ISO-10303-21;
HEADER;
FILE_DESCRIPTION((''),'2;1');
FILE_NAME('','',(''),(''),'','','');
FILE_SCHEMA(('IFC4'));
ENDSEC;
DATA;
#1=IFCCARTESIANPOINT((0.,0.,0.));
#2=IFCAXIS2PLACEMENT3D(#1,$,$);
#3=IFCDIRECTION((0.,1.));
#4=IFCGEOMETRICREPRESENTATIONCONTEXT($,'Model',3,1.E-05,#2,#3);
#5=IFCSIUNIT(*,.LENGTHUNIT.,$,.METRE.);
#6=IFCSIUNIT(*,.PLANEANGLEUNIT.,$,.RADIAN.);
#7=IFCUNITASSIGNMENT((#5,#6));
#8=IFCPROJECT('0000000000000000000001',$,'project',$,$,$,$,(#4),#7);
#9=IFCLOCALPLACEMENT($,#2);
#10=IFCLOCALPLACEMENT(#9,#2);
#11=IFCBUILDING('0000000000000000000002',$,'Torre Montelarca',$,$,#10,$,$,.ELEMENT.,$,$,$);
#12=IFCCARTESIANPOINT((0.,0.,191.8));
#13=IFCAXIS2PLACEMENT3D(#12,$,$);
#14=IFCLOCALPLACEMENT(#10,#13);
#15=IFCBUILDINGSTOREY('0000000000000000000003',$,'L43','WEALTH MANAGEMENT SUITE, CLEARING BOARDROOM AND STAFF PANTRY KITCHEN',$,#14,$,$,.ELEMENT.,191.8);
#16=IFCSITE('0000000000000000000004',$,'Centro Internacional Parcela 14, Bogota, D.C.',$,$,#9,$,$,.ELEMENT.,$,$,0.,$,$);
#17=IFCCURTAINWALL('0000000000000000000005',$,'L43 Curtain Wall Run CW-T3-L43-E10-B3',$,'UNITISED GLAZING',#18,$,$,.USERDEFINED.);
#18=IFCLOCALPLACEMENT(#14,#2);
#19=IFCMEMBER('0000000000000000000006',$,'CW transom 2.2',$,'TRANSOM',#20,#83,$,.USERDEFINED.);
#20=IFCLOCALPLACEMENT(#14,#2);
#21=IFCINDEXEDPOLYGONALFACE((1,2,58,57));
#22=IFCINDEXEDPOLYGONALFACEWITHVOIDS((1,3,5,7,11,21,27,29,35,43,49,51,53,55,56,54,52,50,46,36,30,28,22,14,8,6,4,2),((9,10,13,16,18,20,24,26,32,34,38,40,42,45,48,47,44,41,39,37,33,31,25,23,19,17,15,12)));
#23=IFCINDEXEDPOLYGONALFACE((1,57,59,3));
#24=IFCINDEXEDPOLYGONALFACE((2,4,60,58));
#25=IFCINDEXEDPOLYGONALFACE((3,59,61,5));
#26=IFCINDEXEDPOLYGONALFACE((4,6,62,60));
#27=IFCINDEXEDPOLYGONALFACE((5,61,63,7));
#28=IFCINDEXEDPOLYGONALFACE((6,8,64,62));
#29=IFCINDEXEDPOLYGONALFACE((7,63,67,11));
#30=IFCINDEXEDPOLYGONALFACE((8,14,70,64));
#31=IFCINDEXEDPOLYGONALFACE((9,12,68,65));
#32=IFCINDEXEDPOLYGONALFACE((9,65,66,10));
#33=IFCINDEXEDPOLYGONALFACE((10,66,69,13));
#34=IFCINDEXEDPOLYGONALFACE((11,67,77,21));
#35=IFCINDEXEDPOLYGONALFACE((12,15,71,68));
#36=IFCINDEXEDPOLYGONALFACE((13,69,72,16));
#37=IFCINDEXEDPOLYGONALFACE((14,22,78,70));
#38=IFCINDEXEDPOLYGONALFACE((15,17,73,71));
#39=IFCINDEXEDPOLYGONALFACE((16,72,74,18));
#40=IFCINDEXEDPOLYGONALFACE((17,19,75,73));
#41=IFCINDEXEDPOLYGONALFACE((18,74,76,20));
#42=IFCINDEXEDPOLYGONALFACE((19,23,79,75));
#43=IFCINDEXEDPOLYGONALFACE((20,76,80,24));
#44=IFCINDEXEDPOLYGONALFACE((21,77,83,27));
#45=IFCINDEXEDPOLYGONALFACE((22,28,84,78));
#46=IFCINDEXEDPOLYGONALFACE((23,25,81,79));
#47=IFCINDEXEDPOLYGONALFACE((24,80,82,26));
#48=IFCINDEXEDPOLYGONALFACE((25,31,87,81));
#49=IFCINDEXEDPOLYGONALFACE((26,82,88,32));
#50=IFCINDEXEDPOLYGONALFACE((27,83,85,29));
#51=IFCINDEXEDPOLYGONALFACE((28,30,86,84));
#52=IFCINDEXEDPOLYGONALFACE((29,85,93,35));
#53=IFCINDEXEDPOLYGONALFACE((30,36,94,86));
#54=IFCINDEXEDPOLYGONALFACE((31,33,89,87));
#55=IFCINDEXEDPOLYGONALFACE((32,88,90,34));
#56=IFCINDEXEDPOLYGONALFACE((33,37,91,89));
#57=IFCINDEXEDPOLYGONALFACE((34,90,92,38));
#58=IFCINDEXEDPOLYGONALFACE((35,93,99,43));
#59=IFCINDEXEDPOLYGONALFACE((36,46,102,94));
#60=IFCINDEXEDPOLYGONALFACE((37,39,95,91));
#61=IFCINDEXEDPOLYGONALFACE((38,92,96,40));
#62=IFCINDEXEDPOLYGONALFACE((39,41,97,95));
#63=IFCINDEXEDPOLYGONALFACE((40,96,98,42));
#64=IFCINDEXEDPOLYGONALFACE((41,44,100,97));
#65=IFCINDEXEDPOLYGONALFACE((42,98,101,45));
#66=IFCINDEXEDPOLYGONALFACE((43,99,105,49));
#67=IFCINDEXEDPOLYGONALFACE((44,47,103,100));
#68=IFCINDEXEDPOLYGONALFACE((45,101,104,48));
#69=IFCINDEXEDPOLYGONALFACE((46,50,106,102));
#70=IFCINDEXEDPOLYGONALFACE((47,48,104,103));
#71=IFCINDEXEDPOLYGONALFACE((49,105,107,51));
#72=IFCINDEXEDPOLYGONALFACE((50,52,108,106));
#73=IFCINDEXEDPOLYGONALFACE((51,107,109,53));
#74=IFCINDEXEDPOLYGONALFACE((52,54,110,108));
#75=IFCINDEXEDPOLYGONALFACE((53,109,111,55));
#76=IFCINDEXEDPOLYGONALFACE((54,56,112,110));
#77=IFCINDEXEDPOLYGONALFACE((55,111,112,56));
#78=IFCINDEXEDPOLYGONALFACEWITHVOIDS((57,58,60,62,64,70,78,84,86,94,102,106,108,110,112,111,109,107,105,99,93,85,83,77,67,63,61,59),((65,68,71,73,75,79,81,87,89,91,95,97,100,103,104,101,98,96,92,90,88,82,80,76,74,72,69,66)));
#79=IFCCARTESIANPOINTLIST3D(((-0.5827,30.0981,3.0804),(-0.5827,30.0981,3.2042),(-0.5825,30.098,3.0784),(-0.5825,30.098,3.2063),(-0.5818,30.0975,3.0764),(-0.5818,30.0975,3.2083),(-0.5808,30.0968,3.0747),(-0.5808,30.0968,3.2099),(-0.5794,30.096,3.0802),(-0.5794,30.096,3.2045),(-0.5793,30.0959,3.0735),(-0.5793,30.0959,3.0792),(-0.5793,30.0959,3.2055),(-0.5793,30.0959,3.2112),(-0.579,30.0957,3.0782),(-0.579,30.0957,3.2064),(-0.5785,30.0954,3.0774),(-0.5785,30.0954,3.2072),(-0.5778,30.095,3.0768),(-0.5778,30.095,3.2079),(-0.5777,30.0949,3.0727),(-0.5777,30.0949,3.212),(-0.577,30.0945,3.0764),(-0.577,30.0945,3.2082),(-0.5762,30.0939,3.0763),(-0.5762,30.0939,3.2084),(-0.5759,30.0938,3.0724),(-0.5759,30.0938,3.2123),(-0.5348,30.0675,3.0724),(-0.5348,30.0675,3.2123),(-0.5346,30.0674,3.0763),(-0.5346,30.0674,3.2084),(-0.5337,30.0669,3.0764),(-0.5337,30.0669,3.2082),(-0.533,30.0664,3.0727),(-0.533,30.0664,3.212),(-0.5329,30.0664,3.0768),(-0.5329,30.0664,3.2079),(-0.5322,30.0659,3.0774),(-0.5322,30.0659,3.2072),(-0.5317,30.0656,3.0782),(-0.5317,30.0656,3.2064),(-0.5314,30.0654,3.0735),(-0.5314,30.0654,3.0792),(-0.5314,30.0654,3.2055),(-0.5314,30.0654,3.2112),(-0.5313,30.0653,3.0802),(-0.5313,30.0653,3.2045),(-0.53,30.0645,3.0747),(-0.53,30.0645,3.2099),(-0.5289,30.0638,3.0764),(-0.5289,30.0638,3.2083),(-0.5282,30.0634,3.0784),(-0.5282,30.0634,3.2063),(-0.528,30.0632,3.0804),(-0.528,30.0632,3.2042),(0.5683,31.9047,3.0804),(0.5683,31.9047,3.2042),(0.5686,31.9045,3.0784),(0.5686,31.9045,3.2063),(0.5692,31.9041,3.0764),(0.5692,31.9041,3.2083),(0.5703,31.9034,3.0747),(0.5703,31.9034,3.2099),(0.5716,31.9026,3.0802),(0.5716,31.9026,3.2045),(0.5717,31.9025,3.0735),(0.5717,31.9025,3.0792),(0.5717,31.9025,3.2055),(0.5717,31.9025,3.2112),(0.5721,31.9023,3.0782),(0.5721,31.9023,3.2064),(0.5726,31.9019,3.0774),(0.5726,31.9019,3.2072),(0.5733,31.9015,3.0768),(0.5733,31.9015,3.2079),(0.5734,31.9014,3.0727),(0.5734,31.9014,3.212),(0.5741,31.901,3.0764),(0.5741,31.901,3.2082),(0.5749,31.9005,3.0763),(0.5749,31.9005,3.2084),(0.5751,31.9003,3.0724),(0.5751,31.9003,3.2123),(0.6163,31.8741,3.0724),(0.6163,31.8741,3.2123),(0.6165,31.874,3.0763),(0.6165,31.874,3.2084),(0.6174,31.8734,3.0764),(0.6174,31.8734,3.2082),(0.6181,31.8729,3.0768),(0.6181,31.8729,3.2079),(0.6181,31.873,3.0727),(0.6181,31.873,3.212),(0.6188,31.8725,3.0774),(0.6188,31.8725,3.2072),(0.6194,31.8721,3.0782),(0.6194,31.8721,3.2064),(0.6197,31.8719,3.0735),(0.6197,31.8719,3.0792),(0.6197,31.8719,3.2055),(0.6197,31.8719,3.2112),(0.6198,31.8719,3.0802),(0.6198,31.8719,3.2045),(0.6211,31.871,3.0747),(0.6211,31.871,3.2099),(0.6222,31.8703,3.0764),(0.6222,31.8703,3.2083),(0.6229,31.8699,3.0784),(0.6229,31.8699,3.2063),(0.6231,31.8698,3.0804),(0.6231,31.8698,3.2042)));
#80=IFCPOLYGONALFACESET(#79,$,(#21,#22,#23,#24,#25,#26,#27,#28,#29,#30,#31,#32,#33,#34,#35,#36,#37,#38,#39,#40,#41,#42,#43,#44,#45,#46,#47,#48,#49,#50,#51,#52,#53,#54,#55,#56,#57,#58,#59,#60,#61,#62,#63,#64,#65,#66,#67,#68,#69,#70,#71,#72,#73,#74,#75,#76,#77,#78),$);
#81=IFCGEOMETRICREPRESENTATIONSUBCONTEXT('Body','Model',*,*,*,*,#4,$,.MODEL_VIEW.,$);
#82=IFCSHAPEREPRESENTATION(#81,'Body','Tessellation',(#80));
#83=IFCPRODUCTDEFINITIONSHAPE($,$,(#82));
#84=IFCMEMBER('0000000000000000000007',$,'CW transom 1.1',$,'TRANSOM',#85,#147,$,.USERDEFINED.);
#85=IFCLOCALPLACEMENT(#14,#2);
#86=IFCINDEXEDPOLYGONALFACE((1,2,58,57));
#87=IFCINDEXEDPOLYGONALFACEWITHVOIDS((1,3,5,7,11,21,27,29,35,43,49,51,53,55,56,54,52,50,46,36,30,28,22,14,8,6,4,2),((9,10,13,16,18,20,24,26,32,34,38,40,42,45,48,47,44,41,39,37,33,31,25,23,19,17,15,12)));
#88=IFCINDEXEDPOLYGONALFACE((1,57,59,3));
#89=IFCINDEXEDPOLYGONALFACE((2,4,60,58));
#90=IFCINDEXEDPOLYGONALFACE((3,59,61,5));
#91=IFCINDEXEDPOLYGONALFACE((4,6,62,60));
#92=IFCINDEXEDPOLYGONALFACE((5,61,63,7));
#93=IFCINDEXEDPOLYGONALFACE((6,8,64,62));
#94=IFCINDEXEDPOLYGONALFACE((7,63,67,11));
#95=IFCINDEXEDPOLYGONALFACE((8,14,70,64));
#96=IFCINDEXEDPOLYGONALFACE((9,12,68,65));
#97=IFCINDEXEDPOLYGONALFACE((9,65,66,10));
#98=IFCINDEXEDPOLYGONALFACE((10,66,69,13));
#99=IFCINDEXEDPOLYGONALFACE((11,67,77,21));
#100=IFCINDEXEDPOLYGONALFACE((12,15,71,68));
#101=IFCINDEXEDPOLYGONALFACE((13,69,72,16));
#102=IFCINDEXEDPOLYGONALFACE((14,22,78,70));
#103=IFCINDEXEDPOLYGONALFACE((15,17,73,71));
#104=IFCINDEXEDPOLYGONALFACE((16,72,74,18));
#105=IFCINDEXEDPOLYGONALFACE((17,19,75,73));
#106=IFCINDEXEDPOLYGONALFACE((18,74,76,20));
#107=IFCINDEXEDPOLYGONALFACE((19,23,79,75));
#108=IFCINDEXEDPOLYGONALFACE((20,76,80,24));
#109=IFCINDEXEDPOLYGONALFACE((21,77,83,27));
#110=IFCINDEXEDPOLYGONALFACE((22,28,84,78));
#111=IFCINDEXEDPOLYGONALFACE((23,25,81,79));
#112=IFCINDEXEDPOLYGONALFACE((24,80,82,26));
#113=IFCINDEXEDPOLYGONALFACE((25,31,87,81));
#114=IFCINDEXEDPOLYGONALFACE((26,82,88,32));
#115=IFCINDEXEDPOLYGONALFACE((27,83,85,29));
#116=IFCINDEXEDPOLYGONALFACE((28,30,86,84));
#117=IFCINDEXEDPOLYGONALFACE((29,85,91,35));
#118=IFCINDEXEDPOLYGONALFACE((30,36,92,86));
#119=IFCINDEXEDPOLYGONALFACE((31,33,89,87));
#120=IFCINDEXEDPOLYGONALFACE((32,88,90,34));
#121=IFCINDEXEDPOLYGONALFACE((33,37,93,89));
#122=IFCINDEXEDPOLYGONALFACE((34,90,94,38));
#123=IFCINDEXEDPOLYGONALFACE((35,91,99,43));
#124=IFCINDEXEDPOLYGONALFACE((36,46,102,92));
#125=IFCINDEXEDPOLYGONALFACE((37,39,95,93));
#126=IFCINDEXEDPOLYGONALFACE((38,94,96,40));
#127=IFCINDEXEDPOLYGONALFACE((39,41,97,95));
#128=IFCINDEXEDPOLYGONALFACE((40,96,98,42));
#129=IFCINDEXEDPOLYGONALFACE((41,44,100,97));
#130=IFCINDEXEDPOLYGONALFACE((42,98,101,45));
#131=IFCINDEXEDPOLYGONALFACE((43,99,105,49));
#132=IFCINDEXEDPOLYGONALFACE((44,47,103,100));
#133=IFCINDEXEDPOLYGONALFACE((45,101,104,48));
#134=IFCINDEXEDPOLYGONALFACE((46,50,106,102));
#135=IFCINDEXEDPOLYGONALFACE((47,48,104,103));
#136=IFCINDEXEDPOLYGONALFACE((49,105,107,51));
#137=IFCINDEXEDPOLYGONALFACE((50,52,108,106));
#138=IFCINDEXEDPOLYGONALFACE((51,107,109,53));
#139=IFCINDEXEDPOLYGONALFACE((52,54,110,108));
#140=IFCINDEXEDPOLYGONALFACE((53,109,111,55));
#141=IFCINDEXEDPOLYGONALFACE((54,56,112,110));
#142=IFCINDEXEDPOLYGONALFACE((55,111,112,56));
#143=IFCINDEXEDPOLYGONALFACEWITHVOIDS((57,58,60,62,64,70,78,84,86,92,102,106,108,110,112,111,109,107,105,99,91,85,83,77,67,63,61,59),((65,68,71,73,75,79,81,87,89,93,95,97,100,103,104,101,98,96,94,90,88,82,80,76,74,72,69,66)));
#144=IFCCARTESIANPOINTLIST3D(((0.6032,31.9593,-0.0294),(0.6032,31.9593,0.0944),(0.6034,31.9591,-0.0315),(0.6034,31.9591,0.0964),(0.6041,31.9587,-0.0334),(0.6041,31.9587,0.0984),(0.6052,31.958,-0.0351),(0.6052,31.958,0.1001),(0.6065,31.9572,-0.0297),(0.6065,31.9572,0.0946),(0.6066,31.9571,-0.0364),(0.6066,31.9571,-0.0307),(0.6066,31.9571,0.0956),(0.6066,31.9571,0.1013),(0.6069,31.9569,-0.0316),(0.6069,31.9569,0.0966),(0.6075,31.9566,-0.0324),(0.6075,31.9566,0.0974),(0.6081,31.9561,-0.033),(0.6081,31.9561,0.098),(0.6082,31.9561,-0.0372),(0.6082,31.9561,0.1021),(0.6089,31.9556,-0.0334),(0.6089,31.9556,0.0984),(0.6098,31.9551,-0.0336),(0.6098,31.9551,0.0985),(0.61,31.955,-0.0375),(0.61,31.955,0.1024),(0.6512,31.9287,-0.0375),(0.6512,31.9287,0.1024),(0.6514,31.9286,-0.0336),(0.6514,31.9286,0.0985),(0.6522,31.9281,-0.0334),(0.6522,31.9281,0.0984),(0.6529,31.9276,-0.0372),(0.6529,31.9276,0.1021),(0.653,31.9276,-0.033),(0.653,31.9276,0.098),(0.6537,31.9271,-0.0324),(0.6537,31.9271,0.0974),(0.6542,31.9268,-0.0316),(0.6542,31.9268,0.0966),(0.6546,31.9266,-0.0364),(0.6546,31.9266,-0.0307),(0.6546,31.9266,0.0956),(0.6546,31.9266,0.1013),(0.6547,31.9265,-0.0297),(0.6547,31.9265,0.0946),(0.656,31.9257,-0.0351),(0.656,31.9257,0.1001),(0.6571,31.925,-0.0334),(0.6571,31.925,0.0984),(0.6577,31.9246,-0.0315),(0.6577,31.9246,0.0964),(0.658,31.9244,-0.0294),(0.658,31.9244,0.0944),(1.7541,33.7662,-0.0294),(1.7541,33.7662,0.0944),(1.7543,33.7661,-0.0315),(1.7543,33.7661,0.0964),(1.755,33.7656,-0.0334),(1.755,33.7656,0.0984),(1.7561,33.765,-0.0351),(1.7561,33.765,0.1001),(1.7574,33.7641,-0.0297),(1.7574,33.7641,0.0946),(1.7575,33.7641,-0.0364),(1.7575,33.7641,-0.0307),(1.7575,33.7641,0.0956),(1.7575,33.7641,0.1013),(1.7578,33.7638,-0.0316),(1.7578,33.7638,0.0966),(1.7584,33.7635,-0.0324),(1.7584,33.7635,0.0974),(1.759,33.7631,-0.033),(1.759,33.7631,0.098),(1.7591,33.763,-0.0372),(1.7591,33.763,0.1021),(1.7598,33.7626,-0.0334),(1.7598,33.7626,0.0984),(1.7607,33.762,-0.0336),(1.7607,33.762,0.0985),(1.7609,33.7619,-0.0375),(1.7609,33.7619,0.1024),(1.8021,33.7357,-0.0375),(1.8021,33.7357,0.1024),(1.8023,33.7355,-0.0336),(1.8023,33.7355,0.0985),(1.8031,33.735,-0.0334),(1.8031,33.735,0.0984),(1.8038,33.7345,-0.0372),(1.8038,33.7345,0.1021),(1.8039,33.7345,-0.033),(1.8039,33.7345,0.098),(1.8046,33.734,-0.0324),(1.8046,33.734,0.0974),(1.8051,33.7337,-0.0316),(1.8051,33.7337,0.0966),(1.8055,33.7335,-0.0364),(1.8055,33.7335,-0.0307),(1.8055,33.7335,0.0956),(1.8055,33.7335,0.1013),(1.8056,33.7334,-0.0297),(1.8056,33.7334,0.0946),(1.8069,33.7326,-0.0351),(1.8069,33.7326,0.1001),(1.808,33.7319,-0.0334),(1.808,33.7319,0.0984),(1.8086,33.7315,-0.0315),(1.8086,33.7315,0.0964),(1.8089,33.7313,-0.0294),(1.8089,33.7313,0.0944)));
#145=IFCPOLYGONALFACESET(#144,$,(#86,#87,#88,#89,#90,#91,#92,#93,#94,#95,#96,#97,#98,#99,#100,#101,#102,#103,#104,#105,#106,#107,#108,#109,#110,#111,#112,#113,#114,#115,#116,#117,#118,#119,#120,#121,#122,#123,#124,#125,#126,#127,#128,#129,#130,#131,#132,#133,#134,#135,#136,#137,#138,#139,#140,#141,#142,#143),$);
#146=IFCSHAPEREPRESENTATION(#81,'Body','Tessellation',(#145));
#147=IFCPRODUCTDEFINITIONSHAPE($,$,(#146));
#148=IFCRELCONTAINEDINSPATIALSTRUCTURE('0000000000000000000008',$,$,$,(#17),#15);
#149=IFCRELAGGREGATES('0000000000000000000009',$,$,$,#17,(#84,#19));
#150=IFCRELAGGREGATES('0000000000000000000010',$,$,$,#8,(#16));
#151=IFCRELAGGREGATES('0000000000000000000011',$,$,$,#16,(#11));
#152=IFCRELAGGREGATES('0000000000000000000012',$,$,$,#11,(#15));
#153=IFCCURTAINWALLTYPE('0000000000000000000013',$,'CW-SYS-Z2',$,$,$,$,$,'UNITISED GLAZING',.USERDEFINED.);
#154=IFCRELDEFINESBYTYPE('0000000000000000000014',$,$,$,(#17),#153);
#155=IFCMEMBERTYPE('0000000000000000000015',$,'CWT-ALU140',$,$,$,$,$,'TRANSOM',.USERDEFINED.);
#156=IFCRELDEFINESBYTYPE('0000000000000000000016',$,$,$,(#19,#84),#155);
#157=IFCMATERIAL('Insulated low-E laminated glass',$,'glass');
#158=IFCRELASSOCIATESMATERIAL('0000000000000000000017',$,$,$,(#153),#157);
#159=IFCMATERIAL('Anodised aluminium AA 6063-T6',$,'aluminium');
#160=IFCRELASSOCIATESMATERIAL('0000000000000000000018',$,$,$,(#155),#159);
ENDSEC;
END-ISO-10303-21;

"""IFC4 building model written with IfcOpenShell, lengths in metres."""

from ifc_helpers import new_model, si_unit, direction, frame, origin, origin_2d, place, context, subcontext, project, spatial, hollow_rectangle, extrude, source, transform, mapped, material, material_profile, profile_set, type_object, element, aggregate, save


model = new_model("IFC4")

# Units and contexts
model_context = context("Model", 3, precision=1e-05, world=origin(), true_north=direction((0.0, 1.0)))
body_context = subcontext(model_context, "Body", "Model", "MODEL_VIEW")
ifc_project = project(units=[si_unit("LENGTHUNIT", "METRE"), si_unit("PLANEANGLEUNIT", "RADIAN")], contexts=[model_context])

# Site, building, storey
site_placement = place(None, origin())
site = spatial("IfcSite", under=ifc_project, at=site_placement, Name="Centro Internacional Parcela 14, Bogota, D.C.", CompositionType="ELEMENT", RefElevation=0.0)
building_placement = place(site_placement, origin())
building = spatial("IfcBuilding", under=site, at=building_placement, Name="Torre Montelarca", CompositionType="ELEMENT")
storey_placement = place(building_placement, frame((0.0, 0.0, 191.8)))
storey = spatial("IfcBuildingStorey", under=building, at=storey_placement, Name="L43", Description="WEALTH MANAGEMENT SUITE, CLEARING BOARDROOM AND STAFF PANTRY KITCHEN", CompositionType="ELEMENT", Elevation=191.8)

# Curtain wall, members
ifc_material_1 = material(Name="Insulated low-E laminated glass", Category="glass")
curtain_wall_type = type_object("IfcCurtainWallType", Name="CW-SYS-Z2", ElementType="UNITISED GLAZING", PredefinedType="USERDEFINED", material=ifc_material_1)
ifc_material_2 = material(Name="Anodised aluminium AA 6063-T6", Category="aluminium")
curtain_wall_1_placement = place(storey_placement, origin())
curtain_wall_1 = element("IfcCurtainWall", 1, at=curtain_wall_1_placement, inside=storey, type_object=curtain_wall_type, Name="L43 Curtain Wall Run CW-T3-L43-E10-B3", ObjectType="UNITISED GLAZING", PredefinedType="USERDEFINED")
ifc_material_profile_1 = material_profile(ifc_material_2, hollow_rectangle(XDim=0.0649, YDim=0.1399, WallThickness=0.0039, InnerFilletRadius=0.0039, OuterFilletRadius=0.0081, at=origin_2d()), Name="ALU65X140X4", Category="aluminium")
ifc_profile_set_1 = profile_set([ifc_material_profile_1], Name="Anodised aluminium AA 6063-T6")
member_type_1 = type_object("IfcMemberType", Name="CWT-ALU140", ElementType="TRANSOM", PredefinedType="USERDEFINED", material=ifc_profile_set_1)
shared_shape_1 = source(origin(), body_context, "Body", "SweptSolid", [
    extrude(hollow_rectangle(XDim=0.0649, YDim=0.1399, WallThickness=0.0039, InnerFilletRadius=0.0039, OuterFilletRadius=0.0081, at=origin_2d()), origin(), (0.0, 0.0, 1.0), 2.1421),
])
member_1_placement = place(storey_placement, frame((0.5957, 31.8872, 3.1423), z_axis=(-0.537355, -0.843356, 0.0), x_axis=(0.843356, -0.537355, 0.0)))
member_1 = element("IfcMember", 2, at=member_1_placement, type_object=member_type_1, Name="CW transom 2.2", ObjectType="TRANSOM", PredefinedType="USERDEFINED", context=body_context, shape_type="MappedRepresentation", body=[
    mapped(shared_shape_1, transform((0.0, 0.0, 0.0), scale=1.0)),
])
shared_shape_2 = source(origin(), body_context, "Body", "SweptSolid", [
    extrude(hollow_rectangle(XDim=0.0649, YDim=0.1399, WallThickness=0.0039, InnerFilletRadius=0.0039, OuterFilletRadius=0.0081, at=origin_2d()), origin(), (0.0, 0.0, 1.0), 2.1423),
])
member_2_placement = place(storey_placement, frame((1.7815, 33.7488, 0.0325), z_axis=(-0.537222, -0.843441, 0.0), x_axis=(0.843441, -0.537222, 0.0)))
member_2 = element("IfcMember", 3, at=member_2_placement, type_object=member_type_1, Name="CW transom 1.1", ObjectType="TRANSOM", PredefinedType="USERDEFINED", context=body_context, shape_type="MappedRepresentation", body=[
    mapped(shared_shape_2, transform((0.0, 0.0, 0.0), scale=1.0)),
])

aggregate(curtain_wall_1, [member_2, member_1])

save(model, "model.ifc")
